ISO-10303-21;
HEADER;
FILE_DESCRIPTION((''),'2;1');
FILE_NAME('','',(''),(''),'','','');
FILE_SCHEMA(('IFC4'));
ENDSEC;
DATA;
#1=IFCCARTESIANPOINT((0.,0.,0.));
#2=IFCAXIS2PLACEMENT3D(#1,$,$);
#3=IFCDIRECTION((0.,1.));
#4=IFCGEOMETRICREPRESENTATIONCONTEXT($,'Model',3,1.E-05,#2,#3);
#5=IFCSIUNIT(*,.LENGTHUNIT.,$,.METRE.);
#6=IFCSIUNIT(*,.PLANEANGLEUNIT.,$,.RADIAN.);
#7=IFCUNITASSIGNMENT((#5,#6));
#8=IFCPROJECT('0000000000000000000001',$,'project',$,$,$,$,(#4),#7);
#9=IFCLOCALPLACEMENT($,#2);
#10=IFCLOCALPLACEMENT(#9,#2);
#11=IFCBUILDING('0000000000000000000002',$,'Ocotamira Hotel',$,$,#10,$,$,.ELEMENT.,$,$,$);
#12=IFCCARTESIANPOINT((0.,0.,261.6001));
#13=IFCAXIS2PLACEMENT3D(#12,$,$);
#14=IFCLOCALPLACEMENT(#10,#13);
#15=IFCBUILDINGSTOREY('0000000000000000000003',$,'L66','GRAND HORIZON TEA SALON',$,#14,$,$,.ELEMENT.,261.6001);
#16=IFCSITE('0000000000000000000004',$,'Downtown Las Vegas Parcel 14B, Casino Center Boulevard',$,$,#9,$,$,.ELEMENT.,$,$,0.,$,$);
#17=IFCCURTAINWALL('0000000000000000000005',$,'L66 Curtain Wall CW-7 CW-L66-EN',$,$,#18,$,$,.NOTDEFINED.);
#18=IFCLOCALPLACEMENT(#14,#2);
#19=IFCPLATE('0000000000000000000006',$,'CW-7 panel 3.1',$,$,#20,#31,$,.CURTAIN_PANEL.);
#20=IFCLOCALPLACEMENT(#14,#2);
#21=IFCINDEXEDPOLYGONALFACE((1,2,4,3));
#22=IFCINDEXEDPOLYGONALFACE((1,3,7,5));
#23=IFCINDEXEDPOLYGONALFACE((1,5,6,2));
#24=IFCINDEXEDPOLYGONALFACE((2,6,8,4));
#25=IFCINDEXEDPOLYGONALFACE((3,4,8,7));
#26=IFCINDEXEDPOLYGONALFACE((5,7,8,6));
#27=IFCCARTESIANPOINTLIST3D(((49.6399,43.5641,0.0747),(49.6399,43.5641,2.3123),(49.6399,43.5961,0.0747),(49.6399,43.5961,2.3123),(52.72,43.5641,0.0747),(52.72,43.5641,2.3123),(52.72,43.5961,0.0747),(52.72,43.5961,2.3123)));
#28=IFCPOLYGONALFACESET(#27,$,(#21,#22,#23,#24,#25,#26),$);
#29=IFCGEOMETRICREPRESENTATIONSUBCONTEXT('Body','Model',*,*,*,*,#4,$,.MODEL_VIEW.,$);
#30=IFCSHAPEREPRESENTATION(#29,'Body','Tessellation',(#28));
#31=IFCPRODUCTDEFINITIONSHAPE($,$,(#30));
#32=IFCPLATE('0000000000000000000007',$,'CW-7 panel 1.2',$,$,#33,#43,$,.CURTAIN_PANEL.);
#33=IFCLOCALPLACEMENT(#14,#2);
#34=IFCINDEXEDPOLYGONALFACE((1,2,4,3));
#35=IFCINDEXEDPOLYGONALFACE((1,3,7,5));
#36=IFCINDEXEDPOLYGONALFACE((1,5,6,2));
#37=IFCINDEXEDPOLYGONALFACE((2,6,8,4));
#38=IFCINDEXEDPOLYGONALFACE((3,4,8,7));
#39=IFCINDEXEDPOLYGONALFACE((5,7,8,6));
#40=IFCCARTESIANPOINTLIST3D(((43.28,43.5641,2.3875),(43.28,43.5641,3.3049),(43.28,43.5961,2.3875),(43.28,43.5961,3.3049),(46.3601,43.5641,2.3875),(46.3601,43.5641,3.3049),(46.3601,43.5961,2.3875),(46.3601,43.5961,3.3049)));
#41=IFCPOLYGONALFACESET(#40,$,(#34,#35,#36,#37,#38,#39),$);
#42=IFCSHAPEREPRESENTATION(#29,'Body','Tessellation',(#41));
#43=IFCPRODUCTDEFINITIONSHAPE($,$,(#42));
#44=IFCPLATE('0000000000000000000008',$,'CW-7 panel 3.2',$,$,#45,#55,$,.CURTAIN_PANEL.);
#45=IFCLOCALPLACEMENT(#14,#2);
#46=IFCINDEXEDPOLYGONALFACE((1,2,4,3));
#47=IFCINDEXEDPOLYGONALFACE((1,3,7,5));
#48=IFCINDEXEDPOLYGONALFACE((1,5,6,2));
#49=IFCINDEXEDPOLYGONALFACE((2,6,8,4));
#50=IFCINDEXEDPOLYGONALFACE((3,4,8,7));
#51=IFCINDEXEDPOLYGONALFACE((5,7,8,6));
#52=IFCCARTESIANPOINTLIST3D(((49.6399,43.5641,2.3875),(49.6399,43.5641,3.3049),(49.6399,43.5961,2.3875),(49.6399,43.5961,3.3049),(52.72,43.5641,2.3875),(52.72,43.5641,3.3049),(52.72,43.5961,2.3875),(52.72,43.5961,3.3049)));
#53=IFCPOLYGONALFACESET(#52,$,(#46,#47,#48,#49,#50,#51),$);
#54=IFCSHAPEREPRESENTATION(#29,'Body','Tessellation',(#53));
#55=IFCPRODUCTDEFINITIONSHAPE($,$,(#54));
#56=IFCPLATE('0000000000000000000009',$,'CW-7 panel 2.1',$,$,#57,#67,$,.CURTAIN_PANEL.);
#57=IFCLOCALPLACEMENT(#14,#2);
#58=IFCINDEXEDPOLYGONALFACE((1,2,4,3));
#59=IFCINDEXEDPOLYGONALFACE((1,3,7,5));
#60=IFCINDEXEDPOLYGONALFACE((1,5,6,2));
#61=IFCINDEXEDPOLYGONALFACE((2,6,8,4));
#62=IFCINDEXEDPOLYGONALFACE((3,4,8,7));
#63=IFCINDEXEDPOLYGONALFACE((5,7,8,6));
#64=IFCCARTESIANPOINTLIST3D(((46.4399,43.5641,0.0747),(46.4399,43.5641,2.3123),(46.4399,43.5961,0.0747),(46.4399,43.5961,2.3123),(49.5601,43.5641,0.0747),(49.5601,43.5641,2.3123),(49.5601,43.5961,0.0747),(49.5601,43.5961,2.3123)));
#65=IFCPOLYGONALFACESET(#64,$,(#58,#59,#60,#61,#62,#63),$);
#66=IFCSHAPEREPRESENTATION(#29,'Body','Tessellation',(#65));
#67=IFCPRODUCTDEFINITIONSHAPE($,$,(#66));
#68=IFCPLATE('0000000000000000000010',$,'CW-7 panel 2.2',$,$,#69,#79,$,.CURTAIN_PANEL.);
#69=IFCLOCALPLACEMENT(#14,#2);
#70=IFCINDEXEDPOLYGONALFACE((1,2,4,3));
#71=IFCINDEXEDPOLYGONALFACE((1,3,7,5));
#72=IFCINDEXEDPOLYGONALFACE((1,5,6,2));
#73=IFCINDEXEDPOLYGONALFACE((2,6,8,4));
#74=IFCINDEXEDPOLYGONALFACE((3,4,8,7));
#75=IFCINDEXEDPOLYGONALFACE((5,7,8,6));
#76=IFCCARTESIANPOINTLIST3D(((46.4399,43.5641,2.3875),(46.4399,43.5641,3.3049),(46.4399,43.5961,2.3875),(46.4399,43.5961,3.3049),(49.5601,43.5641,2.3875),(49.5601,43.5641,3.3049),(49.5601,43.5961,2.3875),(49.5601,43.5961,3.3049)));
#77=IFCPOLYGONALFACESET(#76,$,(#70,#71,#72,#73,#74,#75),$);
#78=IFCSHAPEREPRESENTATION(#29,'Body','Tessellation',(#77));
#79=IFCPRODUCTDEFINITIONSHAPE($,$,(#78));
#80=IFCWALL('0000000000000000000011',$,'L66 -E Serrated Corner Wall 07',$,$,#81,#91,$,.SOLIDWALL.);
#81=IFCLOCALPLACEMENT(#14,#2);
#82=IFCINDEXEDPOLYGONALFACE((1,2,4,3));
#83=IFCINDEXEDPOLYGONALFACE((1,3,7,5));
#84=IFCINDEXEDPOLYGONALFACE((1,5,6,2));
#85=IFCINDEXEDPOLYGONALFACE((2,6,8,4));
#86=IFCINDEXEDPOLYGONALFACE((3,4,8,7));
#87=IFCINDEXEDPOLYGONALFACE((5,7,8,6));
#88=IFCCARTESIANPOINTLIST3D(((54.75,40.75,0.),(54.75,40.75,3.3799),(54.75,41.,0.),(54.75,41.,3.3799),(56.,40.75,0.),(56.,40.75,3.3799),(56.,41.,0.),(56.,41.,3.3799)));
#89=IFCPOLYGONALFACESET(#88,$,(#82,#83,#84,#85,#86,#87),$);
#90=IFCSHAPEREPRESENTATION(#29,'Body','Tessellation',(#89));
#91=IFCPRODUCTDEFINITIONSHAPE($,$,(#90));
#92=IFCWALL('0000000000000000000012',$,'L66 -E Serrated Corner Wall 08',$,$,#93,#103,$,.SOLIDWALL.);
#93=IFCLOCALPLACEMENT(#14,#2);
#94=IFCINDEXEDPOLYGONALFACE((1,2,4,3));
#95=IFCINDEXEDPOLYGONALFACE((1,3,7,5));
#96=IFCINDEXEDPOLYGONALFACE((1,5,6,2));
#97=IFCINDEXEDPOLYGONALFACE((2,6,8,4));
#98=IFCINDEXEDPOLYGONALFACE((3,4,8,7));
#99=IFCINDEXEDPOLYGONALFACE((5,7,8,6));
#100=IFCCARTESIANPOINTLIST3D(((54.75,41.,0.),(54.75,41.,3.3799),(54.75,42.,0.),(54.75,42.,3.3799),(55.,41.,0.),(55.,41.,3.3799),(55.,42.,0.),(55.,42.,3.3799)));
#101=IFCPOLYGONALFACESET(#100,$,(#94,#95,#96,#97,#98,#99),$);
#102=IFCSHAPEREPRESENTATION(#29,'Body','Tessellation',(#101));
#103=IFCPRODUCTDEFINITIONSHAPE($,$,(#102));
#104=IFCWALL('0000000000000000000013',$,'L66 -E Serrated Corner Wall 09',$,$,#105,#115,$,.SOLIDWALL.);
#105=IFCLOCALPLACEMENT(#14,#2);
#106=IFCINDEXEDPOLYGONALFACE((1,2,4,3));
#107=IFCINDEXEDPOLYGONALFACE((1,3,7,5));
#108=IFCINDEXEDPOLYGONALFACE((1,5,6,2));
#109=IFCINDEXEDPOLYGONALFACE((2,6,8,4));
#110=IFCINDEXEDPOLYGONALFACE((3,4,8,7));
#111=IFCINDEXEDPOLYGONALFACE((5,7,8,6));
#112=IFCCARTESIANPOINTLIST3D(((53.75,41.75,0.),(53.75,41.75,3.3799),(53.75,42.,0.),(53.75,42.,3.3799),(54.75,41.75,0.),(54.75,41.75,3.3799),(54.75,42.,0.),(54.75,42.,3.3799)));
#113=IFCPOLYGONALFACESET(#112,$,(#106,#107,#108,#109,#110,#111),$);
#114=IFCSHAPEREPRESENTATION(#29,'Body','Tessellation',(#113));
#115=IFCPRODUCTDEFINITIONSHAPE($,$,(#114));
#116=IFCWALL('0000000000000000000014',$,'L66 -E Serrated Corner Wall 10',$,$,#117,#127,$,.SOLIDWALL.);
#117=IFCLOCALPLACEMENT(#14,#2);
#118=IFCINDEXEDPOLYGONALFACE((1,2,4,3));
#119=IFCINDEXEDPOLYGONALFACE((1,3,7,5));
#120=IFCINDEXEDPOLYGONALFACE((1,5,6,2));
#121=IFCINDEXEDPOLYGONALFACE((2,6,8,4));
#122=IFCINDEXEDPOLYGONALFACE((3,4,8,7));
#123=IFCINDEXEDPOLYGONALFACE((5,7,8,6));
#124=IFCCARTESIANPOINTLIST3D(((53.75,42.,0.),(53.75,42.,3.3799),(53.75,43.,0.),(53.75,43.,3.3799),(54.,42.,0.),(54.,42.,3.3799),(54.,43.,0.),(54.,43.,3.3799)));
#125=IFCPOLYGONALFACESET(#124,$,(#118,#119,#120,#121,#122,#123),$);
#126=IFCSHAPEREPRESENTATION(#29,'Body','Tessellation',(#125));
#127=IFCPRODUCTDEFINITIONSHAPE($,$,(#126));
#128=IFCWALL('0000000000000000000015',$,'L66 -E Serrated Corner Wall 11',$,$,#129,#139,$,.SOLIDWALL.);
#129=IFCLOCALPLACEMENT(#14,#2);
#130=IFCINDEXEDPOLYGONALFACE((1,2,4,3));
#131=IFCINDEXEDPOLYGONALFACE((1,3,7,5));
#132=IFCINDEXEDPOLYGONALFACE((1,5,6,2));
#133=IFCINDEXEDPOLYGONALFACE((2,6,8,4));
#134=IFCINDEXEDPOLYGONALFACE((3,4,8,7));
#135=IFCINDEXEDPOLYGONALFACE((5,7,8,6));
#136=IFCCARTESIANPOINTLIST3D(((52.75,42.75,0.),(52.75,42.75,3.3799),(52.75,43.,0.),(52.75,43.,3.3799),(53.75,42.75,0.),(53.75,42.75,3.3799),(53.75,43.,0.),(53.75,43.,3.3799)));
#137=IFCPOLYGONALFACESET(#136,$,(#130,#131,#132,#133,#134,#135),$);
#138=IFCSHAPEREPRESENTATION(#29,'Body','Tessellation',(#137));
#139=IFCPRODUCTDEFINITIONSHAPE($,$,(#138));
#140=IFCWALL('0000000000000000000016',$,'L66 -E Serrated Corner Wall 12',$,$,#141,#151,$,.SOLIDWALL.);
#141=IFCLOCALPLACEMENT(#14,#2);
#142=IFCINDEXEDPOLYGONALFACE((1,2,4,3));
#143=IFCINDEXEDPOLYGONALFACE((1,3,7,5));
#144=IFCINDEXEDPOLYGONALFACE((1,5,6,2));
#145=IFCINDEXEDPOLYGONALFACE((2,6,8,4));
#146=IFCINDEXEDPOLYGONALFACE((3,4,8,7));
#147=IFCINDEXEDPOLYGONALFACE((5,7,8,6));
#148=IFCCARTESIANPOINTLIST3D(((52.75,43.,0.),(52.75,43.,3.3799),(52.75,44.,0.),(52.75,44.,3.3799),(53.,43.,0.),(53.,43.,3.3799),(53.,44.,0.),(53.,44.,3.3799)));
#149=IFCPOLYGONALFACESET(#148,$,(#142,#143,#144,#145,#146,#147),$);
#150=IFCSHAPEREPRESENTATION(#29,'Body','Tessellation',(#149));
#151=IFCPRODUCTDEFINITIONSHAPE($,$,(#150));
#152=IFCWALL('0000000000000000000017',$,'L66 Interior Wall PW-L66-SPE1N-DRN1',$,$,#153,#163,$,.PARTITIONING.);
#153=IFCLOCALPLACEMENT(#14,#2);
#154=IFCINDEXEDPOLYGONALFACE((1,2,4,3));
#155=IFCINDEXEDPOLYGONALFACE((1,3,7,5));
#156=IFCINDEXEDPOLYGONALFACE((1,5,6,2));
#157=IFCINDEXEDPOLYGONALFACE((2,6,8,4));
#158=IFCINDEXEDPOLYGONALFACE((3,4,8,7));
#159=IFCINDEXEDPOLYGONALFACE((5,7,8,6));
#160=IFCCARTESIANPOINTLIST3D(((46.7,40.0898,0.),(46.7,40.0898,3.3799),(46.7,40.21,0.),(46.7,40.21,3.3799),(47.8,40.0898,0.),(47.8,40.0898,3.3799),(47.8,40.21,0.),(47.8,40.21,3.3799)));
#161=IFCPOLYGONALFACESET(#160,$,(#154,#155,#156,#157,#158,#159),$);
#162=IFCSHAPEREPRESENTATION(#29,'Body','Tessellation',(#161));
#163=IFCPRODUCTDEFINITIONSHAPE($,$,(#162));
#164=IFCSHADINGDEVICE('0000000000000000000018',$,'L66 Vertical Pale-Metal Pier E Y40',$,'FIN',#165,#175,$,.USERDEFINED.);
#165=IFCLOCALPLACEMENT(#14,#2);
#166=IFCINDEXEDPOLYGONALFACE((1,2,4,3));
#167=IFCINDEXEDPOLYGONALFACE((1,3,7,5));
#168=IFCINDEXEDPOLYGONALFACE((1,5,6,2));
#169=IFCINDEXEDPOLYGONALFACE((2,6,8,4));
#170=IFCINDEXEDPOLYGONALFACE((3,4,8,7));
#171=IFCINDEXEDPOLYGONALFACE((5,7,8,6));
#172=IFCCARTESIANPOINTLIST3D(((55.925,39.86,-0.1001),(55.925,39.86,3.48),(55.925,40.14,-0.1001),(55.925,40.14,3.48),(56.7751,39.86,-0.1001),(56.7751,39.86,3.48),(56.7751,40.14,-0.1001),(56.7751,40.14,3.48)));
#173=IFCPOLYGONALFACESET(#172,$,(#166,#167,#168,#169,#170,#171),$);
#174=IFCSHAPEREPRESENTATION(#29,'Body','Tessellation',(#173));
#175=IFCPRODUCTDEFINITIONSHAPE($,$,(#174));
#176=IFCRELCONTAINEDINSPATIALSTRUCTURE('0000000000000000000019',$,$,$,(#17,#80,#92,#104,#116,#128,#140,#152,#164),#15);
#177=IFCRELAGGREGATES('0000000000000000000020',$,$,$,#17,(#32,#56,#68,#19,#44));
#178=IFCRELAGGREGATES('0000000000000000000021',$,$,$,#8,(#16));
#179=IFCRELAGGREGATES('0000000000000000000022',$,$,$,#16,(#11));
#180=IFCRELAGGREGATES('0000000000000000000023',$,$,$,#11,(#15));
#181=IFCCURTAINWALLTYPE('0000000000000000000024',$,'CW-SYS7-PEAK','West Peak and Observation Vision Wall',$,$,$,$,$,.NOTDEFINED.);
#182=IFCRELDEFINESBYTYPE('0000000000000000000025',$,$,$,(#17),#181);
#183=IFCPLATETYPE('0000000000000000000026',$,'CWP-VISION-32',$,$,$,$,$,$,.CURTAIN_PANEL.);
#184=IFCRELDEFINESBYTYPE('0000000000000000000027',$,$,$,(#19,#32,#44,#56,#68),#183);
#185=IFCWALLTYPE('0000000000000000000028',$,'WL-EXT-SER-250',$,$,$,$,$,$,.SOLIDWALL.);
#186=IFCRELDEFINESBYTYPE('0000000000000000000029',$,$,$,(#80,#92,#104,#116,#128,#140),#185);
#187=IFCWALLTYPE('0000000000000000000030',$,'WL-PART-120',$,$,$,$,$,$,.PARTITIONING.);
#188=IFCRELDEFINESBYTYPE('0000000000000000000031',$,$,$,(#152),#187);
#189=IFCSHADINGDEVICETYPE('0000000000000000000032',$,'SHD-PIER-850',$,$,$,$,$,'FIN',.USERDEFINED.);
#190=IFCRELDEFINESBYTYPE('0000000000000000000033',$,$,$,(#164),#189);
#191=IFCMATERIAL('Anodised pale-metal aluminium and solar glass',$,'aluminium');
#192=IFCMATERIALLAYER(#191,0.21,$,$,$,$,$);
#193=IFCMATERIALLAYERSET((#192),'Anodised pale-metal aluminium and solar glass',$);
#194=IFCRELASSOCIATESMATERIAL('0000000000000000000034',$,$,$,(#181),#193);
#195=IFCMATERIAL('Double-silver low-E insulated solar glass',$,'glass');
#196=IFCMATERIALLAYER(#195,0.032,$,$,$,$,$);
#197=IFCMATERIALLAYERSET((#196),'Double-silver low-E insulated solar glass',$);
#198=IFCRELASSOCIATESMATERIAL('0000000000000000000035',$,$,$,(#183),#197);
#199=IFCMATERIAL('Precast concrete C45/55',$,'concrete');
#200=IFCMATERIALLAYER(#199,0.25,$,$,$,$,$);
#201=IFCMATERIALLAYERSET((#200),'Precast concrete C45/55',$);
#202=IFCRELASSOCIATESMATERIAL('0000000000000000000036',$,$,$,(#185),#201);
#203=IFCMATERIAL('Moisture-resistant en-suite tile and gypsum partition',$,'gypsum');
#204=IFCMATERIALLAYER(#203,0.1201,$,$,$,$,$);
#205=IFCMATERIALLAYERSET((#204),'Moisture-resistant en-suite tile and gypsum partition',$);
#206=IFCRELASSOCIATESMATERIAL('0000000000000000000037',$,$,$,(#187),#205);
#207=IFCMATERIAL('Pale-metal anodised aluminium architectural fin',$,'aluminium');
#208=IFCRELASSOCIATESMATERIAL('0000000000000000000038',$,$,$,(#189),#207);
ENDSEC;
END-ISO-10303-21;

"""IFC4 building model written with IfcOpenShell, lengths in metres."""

from ifc_helpers import new_model, si_unit, direction, frame, frame_2d, origin, origin_2d, place, context, subcontext, project, spatial, rectangle, extrude, source, transform, mapped, material, layer, layer_set, type_object, element, aggregate, save


model = new_model("IFC4")

# Units and contexts
model_context = context("Model", 3, precision=1e-05, world=origin(), true_north=direction((0.0, 1.0)))
body_context = subcontext(model_context, "Body", "Model", "MODEL_VIEW")
ifc_project = project(units=[si_unit("LENGTHUNIT", "METRE"), si_unit("PLANEANGLEUNIT", "RADIAN")], contexts=[model_context])

# Site, building, storey
site_placement = place(None, origin())
site = spatial("IfcSite", under=ifc_project, at=site_placement, Name="Downtown Las Vegas Parcel 14B, Casino Center Boulevard", CompositionType="ELEMENT", RefElevation=0.0)
building_placement = place(site_placement, origin())
building = spatial("IfcBuilding", under=site, at=building_placement, Name="Ocotamira Hotel", CompositionType="ELEMENT")
storey_placement = place(building_placement, frame((0.0, 0.0, 261.6001)))
storey = spatial("IfcBuildingStorey", under=building, at=storey_placement, Name="L66", Description="GRAND HORIZON TEA SALON", CompositionType="ELEMENT", Elevation=261.6001)

# Curtain wall
ifc_material_1 = material(Name="Anodised pale-metal aluminium and solar glass", Category="aluminium")
ifc_layer_1 = layer(ifc_material_1, 0.21)
ifc_layer_set_1 = layer_set([ifc_layer_1], Name="Anodised pale-metal aluminium and solar glass")
curtain_wall_type = type_object("IfcCurtainWallType", Name="CW-SYS7-PEAK", Description="West Peak and Observation Vision Wall", PredefinedType="NOTDEFINED", material=ifc_layer_set_1)
curtain_wall_1_placement = place(storey_placement, origin())
curtain_wall_1 = element("IfcCurtainWall", 1, at=curtain_wall_1_placement, inside=storey, type_object=curtain_wall_type, Name="L66 Curtain Wall CW-7 CW-L66-EN", PredefinedType="NOTDEFINED")

# Plates
ifc_material_2 = material(Name="Double-silver low-E insulated solar glass", Category="glass")
ifc_layer_2 = layer(ifc_material_2, 0.032)
ifc_layer_set_2 = layer_set([ifc_layer_2], Name="Double-silver low-E insulated solar glass")
plate_type = type_object("IfcPlateType", Name="CWP-VISION-32", PredefinedType="CURTAIN_PANEL", material=ifc_layer_set_2)
shared_shape_1 = source(origin(), body_context, "Body", "SweptSolid", [
    extrude(rectangle(XDim=3.0801, YDim=0.032, at=origin_2d()), origin(), (0.0, 0.0, 1.0), 2.2375),
])
plate_1_placement = place(storey_placement, frame((51.1799, 43.5801, 0.0747), z_axis=(0.0, 0.0, 1.0), x_axis=(1.0, 0.0, 0.0)))
plate_1 = element("IfcPlate", 2, at=plate_1_placement, type_object=plate_type, Name="CW-7 panel 3.1", PredefinedType="CURTAIN_PANEL", context=body_context, shape_type="MappedRepresentation", body=[
    mapped(shared_shape_1, transform((0.0, 0.0, 0.0), scale=1.0)),
])
shared_shape_2 = source(origin(), body_context, "Body", "SweptSolid", [
    extrude(rectangle(XDim=3.0801, YDim=0.032, at=origin_2d()), origin(), (0.0, 0.0, 1.0), 0.9175),
])
plate_2_placement = place(storey_placement, frame((44.8201, 43.5801, 2.3875), z_axis=(0.0, 0.0, 1.0), x_axis=(1.0, 0.0, 0.0)))
plate_2 = element("IfcPlate", 3, at=plate_2_placement, type_object=plate_type, Name="CW-7 panel 1.2", PredefinedType="CURTAIN_PANEL", context=body_context, shape_type="MappedRepresentation", body=[
    mapped(shared_shape_2, transform((0.0, 0.0, 0.0), scale=1.0)),
])
plate_3_placement = place(storey_placement, frame((51.1799, 43.5801, 2.3875), z_axis=(0.0, 0.0, 1.0), x_axis=(1.0, 0.0, 0.0)))
plate_3 = element("IfcPlate", 4, at=plate_3_placement, type_object=plate_type, Name="CW-7 panel 3.2", PredefinedType="CURTAIN_PANEL", context=body_context, shape_type="MappedRepresentation", body=[
    mapped(shared_shape_2, transform((0.0, 0.0, 0.0), scale=1.0)),
])
shared_shape_3 = source(origin(), body_context, "Body", "SweptSolid", [
    extrude(rectangle(XDim=3.1201, YDim=0.032, at=origin_2d()), origin(), (0.0, 0.0, 1.0), 2.2375),
])
plate_4_placement = place(storey_placement, frame((48.0, 43.5801, 0.0747), z_axis=(0.0, 0.0, 1.0), x_axis=(1.0, 0.0, 0.0)))
plate_4 = element("IfcPlate", 5, at=plate_4_placement, type_object=plate_type, Name="CW-7 panel 2.1", PredefinedType="CURTAIN_PANEL", context=body_context, shape_type="MappedRepresentation", body=[
    mapped(shared_shape_3, transform((0.0, 0.0, 0.0), scale=1.0)),
])
shared_shape_4 = source(origin(), body_context, "Body", "SweptSolid", [
    extrude(rectangle(XDim=3.1201, YDim=0.032, at=origin_2d()), origin(), (0.0, 0.0, 1.0), 0.9175),
])
plate_5_placement = place(storey_placement, frame((48.0, 43.5801, 2.3875), z_axis=(0.0, 0.0, 1.0), x_axis=(1.0, 0.0, 0.0)))
plate_5 = element("IfcPlate", 6, at=plate_5_placement, type_object=plate_type, Name="CW-7 panel 2.2", PredefinedType="CURTAIN_PANEL", context=body_context, shape_type="MappedRepresentation", body=[
    mapped(shared_shape_4, transform((0.0, 0.0, 0.0), scale=1.0)),
])
aggregate(curtain_wall_1, [plate_2, plate_4, plate_5, plate_1, plate_3])

# Walls
ifc_material_3 = material(Name="Precast concrete C45/55", Category="concrete")
ifc_layer_3 = layer(ifc_material_3, 0.25)
ifc_layer_set_3 = layer_set([ifc_layer_3], Name="Precast concrete C45/55")
wall_type_1 = type_object("IfcWallType", Name="WL-EXT-SER-250", PredefinedType="SOLIDWALL", material=ifc_layer_set_3)
wall_1_placement = place(storey_placement, frame((56.0, 40.875, 0.0), z_axis=(0.0, 0.0, 1.0), x_axis=(-1.0, 0.0, 0.0)))
element("IfcWall", 7, at=wall_1_placement, inside=storey, type_object=wall_type_1, Name="L66 -E Serrated Corner Wall 07", PredefinedType="SOLIDWALL", context=body_context, shape_type="SweptSolid", body=[
    extrude(rectangle(XDim=1.25, YDim=0.25, at=frame_2d((0.625, 0.0))), origin(), (0.0, 0.0, 1.0), 3.3799),
])
for number, where, z_axis, x_axis, name in (
    (8, (54.875, 41.0, 0.0), (0.0, 0.0, 1.0), (0.0, 1.0, 0.0), "L66 -E Serrated Corner Wall 08"),
    (9, (54.75, 41.875, 0.0), (0.0, 0.0, 1.0), (-1.0, 0.0, 0.0), "L66 -E Serrated Corner Wall 09"),
    (10, (53.875, 42.0, 0.0), (0.0, 0.0, 1.0), (0.0, 1.0, 0.0), "L66 -E Serrated Corner Wall 10"),
    (11, (53.75, 42.875, 0.0), (0.0, 0.0, 1.0), (-1.0, 0.0, 0.0), "L66 -E Serrated Corner Wall 11"),
    (12, (52.875, 43.0, 0.0), (0.0, 0.0, 1.0), (0.0, 1.0, 0.0), "L66 -E Serrated Corner Wall 12"),
):
    element("IfcWall", number, at=place(storey_placement, frame(where, z_axis=z_axis, x_axis=x_axis)), inside=storey, type_object=wall_type_1, Name=name, PredefinedType="SOLIDWALL", context=body_context, shape_type="SweptSolid", body=[
        extrude(rectangle(XDim=1.0, YDim=0.25, at=frame_2d((0.5, 0.0))), origin(), (0.0, 0.0, 1.0), 3.3799),
    ])
ifc_material_4 = material(Name="Moisture-resistant en-suite tile and gypsum partition", Category="gypsum")
ifc_layer_4 = layer(ifc_material_4, 0.1201)
ifc_layer_set_4 = layer_set([ifc_layer_4], Name="Moisture-resistant en-suite tile and gypsum partition")
wall_type_2 = type_object("IfcWallType", Name="WL-PART-120", PredefinedType="PARTITIONING", material=ifc_layer_set_4)
wall_2_placement = place(storey_placement, frame((46.7, 40.1499, 0.0), z_axis=(0.0, 0.0, 1.0), x_axis=(1.0, 0.0, 0.0)))
element("IfcWall", 13, at=wall_2_placement, inside=storey, type_object=wall_type_2, Name="L66 Interior Wall PW-L66-SPE1N-DRN1", PredefinedType="PARTITIONING", context=body_context, shape_type="SweptSolid", body=[
    extrude(rectangle(XDim=1.1001, YDim=0.1201, at=frame_2d((0.55, 0.0))), origin(), (0.0, 0.0, 1.0), 3.3799),
])

# Shading device
ifc_material_5 = material(Name="Pale-metal anodised aluminium architectural fin", Category="aluminium")
shading_device_type = type_object("IfcShadingDeviceType", Name="SHD-PIER-850", ElementType="FIN", PredefinedType="USERDEFINED", material=ifc_material_5)
shared_shape_5 = source(origin(), body_context, "Body", "SweptSolid", [
    extrude(rectangle(XDim=0.8501, YDim=0.28, at=origin_2d()), origin(), (0.0, 0.0, 1.0), 3.5801),
])
shading_device_placement = place(storey_placement, frame((56.3501, 40.0, -0.1001), z_axis=(0.0, 0.0, 1.0), x_axis=(1.0, 0.0, 0.0)))
element("IfcShadingDevice", 14, at=shading_device_placement, inside=storey, type_object=shading_device_type, Name="L66 Vertical Pale-Metal Pier E Y40", ObjectType="FIN", PredefinedType="USERDEFINED", context=body_context, shape_type="MappedRepresentation", body=[
    mapped(shared_shape_5, transform((0.0, 0.0, 0.0), scale=1.0)),
])

save(model, "model.ifc")
